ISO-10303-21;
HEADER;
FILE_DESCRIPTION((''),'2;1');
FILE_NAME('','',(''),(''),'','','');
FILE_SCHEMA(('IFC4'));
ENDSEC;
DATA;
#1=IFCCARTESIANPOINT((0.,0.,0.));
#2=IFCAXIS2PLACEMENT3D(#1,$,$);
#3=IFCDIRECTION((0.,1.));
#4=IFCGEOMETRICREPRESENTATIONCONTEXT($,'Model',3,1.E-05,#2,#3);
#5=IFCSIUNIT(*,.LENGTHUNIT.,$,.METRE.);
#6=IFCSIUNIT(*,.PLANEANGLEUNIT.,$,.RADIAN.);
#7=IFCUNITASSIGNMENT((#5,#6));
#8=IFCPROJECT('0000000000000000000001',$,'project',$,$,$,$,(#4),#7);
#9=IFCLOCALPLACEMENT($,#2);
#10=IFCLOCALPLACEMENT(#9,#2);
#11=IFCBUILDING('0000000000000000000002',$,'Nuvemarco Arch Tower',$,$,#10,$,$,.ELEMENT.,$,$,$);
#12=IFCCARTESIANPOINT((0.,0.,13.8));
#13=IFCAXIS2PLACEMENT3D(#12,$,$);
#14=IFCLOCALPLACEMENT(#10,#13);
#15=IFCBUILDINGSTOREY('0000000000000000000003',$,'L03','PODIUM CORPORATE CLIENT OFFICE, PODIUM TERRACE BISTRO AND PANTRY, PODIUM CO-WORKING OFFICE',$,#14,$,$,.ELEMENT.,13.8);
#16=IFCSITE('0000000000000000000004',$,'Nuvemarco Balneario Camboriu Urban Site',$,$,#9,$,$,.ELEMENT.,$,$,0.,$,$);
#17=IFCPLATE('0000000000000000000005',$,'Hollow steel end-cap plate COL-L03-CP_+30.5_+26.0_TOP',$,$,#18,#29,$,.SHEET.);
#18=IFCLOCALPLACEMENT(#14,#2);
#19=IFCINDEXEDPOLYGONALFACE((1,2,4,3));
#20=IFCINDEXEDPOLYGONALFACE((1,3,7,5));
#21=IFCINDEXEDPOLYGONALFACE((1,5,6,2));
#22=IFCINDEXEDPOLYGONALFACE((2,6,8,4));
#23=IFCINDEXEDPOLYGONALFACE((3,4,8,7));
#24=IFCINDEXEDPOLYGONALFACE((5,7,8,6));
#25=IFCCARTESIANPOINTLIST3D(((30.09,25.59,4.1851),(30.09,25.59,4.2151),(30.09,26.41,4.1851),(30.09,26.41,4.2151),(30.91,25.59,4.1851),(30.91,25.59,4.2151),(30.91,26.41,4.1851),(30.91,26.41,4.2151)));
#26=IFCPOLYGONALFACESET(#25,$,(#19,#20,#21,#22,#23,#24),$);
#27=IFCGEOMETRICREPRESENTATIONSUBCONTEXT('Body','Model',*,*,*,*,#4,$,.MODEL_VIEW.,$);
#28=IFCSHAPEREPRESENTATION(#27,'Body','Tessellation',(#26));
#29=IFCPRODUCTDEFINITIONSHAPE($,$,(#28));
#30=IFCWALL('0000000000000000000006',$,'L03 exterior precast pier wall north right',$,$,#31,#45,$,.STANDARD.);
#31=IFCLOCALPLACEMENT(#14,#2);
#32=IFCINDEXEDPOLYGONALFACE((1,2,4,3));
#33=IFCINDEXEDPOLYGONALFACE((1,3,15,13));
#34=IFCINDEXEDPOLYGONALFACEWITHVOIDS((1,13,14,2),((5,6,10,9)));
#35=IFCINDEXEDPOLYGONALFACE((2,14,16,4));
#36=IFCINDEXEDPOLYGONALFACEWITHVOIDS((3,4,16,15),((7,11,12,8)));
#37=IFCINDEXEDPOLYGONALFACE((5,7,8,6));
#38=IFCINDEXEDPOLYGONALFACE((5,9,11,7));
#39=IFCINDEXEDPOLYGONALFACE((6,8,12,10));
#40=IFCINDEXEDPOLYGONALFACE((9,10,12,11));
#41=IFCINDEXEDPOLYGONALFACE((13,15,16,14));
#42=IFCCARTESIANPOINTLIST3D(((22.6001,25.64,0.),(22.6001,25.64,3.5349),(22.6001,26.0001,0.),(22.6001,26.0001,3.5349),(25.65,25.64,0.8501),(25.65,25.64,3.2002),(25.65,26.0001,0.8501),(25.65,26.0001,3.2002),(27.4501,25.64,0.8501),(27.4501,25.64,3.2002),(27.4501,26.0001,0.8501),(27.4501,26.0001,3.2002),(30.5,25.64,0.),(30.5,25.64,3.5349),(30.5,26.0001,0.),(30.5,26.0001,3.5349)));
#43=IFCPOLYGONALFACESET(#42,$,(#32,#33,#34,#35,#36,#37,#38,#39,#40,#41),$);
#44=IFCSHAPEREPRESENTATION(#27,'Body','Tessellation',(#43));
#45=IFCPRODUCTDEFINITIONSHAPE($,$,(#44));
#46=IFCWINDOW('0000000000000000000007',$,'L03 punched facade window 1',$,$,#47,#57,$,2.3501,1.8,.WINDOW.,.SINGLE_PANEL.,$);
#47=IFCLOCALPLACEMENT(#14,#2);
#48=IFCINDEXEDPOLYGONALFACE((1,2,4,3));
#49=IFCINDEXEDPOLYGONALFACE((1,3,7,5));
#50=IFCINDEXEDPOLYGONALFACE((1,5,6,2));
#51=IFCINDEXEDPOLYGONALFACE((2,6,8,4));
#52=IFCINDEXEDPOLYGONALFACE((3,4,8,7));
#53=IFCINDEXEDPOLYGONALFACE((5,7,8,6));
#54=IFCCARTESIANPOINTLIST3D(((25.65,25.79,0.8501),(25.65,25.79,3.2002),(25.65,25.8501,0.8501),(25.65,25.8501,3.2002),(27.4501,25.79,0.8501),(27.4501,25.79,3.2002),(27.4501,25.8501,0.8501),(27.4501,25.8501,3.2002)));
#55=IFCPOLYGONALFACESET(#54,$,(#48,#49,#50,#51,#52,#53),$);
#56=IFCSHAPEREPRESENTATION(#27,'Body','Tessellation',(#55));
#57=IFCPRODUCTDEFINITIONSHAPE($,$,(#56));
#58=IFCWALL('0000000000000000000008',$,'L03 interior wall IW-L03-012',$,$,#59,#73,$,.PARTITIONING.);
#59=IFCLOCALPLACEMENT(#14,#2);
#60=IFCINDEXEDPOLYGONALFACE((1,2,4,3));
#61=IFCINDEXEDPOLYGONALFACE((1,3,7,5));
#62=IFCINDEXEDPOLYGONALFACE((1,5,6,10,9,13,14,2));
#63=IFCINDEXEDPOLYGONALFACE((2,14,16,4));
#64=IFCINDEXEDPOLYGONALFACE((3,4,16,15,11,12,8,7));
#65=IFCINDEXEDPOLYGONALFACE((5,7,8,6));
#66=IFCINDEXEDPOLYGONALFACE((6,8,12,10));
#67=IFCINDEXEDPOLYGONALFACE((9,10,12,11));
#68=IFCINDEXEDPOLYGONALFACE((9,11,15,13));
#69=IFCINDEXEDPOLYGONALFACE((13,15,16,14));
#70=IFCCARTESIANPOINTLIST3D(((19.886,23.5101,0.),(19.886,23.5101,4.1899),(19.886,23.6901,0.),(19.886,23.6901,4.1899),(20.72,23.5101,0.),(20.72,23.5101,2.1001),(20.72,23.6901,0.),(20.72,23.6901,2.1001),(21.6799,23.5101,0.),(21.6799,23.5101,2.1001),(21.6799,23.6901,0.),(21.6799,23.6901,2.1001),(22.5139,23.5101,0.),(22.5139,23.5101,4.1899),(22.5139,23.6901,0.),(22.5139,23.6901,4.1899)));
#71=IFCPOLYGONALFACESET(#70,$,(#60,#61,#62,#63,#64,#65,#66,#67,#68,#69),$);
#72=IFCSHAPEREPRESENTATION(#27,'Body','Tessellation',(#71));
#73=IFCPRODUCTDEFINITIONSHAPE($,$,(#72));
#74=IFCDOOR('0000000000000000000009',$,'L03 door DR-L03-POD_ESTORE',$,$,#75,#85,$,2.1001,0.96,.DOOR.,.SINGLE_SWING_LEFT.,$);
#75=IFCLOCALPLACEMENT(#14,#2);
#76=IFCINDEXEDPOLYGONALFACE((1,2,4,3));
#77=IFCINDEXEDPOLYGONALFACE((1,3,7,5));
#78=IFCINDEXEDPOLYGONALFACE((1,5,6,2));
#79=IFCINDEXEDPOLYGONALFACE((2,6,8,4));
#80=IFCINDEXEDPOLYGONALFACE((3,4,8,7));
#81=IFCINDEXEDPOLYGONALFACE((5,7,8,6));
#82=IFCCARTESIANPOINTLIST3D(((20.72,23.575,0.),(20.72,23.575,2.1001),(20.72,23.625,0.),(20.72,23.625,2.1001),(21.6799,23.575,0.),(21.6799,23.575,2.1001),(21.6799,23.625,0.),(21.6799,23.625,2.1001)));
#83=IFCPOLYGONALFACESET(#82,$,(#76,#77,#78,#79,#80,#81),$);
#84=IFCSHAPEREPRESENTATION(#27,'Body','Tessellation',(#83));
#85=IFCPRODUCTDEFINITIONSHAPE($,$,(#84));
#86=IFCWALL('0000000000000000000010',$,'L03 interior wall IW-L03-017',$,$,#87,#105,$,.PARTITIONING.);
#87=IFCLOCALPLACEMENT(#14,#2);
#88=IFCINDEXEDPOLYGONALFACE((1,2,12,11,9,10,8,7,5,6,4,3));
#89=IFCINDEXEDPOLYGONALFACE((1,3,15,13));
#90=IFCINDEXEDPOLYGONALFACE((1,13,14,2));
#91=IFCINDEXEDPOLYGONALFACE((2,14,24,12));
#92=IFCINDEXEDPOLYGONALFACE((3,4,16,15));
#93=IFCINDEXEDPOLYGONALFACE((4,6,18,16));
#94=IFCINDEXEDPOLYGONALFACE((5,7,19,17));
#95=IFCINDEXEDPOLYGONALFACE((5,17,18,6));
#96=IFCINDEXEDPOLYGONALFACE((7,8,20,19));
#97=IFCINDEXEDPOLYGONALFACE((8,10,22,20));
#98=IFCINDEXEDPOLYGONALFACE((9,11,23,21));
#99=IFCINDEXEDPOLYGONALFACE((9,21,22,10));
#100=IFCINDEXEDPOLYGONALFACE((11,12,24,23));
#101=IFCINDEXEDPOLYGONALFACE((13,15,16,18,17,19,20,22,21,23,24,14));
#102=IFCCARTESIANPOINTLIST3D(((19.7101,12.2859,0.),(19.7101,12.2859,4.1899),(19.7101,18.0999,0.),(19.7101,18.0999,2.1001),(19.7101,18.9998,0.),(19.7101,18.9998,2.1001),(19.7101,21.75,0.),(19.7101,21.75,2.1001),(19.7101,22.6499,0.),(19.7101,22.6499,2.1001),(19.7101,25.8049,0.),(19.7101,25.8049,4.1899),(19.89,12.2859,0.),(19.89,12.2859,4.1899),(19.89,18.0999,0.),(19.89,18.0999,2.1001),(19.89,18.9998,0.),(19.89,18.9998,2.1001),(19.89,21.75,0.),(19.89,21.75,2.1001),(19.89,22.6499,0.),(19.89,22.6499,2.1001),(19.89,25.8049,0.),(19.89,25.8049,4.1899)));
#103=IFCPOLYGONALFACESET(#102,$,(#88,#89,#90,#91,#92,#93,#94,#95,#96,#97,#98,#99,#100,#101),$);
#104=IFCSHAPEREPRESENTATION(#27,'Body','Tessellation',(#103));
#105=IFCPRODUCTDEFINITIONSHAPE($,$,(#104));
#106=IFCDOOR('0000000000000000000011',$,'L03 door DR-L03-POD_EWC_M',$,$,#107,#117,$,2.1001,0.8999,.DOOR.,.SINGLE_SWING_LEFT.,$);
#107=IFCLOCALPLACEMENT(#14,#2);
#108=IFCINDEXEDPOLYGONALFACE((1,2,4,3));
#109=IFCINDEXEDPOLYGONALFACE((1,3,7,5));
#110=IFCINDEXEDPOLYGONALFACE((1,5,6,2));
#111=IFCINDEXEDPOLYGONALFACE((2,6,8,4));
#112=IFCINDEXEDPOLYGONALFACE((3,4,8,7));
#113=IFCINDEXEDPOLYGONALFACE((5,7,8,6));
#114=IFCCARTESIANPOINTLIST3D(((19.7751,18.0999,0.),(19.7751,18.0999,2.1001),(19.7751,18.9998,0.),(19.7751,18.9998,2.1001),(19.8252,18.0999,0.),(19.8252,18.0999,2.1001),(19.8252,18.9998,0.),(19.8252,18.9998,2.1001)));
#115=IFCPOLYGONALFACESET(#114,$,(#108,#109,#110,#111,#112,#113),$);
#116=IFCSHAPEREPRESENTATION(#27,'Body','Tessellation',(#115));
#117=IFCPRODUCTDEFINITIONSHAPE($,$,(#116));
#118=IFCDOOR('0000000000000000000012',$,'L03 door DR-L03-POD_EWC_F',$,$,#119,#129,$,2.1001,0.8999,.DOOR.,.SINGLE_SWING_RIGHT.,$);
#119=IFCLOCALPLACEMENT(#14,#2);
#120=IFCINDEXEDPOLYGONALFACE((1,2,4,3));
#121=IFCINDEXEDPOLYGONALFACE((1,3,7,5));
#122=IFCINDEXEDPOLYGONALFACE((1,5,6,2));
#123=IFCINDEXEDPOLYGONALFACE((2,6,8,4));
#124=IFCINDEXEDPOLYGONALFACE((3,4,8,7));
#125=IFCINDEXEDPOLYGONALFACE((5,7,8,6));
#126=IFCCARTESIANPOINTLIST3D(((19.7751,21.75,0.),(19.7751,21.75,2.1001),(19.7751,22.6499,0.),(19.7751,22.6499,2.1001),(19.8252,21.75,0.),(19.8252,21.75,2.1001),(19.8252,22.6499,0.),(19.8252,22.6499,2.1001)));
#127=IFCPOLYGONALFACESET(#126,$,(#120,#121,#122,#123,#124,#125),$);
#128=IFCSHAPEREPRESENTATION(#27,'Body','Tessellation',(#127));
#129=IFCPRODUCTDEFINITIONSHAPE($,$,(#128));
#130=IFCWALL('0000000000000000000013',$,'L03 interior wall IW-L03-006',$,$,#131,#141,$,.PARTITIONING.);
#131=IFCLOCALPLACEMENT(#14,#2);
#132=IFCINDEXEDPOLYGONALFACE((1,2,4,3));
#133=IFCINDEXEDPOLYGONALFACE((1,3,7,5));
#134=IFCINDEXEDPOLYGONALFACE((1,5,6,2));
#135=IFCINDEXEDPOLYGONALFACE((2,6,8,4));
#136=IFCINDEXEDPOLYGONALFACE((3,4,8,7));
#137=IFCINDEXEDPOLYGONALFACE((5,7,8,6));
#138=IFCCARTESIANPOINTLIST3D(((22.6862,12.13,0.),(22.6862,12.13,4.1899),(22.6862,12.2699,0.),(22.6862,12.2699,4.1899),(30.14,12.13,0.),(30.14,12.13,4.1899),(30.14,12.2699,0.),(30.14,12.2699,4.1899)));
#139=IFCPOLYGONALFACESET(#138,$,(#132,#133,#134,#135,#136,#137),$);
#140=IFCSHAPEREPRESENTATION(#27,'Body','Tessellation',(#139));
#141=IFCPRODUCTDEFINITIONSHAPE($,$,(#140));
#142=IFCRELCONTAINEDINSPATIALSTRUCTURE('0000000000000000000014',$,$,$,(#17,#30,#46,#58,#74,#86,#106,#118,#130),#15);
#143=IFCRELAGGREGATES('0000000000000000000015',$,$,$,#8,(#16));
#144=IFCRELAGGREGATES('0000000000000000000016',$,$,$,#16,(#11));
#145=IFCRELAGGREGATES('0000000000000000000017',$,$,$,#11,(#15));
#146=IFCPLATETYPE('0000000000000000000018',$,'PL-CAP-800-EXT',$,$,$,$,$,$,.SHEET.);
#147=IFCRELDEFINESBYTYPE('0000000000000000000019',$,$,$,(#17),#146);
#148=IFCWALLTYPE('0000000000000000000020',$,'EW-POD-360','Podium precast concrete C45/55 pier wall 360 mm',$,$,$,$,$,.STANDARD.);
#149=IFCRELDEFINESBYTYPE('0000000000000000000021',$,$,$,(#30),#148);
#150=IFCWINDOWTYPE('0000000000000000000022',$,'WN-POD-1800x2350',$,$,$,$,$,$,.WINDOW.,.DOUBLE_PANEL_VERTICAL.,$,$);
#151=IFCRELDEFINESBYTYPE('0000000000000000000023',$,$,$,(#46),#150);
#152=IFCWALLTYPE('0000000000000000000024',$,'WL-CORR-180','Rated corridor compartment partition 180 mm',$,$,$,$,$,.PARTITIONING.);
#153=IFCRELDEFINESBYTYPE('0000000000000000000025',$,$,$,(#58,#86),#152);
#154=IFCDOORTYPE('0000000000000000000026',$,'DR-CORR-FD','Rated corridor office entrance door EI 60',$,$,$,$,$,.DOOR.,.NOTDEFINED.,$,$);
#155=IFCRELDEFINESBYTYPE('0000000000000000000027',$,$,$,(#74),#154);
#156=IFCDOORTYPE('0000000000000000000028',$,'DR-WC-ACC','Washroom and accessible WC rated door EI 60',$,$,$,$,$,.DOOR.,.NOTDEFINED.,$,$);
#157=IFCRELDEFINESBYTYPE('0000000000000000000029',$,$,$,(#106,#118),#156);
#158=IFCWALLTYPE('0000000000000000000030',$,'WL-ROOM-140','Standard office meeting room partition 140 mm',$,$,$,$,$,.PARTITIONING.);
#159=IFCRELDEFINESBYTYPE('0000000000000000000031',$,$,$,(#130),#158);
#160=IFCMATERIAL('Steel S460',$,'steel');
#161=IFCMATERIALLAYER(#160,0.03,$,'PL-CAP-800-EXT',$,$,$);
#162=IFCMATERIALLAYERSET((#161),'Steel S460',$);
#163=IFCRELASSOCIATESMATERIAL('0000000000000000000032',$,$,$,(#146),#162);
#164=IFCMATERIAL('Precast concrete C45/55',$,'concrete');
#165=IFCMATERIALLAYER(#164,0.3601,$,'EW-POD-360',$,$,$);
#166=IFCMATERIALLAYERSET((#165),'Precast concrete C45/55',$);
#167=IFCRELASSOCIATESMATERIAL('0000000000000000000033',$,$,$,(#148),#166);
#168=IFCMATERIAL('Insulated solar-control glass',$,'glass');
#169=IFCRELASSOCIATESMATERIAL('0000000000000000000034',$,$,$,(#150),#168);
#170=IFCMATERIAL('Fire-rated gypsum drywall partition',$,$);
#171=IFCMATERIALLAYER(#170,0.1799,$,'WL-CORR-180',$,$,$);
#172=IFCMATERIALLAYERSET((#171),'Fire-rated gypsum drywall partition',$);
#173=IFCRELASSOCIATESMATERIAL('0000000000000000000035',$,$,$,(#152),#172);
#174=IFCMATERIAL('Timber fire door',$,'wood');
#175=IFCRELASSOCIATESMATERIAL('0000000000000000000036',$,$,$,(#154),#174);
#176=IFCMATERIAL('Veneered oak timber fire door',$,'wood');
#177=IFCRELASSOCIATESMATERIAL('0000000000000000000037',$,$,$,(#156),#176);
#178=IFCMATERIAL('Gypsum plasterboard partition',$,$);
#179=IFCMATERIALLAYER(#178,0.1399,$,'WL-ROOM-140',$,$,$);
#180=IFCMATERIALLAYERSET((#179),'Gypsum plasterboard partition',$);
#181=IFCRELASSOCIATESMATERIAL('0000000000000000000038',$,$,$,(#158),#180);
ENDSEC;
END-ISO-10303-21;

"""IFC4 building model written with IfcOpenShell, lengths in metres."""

from ifc_helpers import new_model, si_unit, direction, frame, frame_2d, origin, origin_2d, place, context, subcontext, project, spatial, rectangle, extrude, source, transform, mapped, material, layer, layer_set, type_object, type_shapes, element, fill, save


model = new_model("IFC4")

# Units and contexts
model_context = context("Model", 3, precision=1e-05, world=origin(), true_north=direction((0.0, 1.0)))
body_context = subcontext(model_context, "Body", "Model", "MODEL_VIEW")
ifc_project = project(units=[si_unit("LENGTHUNIT", "METRE"), si_unit("PLANEANGLEUNIT", "RADIAN")], contexts=[model_context])

# Site, building, storey
site_placement = place(None, origin())
site = spatial("IfcSite", under=ifc_project, at=site_placement, Name="Nuvemarco Balneario Camboriu Urban Site", CompositionType="ELEMENT", RefElevation=0.0)
building_placement = place(site_placement, origin())
building = spatial("IfcBuilding", under=site, at=building_placement, Name="Nuvemarco Arch Tower", CompositionType="ELEMENT")
storey_placement = place(building_placement, frame((0.0, 0.0, 13.8)))
storey = spatial("IfcBuildingStorey", under=building, at=storey_placement, Name="L03", Description="PODIUM CORPORATE CLIENT OFFICE, PODIUM TERRACE BISTRO AND PANTRY, PODIUM CO-WORKING OFFICE", CompositionType="ELEMENT", Elevation=13.8)

# Shared definitions
ifc_material_1 = material(Name="Steel S460", Category="steel")

# Shared definitions
ifc_material_2 = material(Name="Precast concrete C45/55", Category="concrete")

# Plate
ifc_layer_1 = layer(ifc_material_1, 0.03, Name="PL-CAP-800-EXT")
ifc_layer_set_1 = layer_set([ifc_layer_1], Name="Steel S460")
plate_type = type_object("IfcPlateType", Name="PL-CAP-800-EXT", PredefinedType="SHEET", material=ifc_layer_set_1)
shared_shape_1 = source(origin(), body_context, "Body", "SweptSolid", [
    extrude(rectangle(XDim=0.8201, YDim=0.8201, at=origin_2d()), origin(), (0.0, 0.0, 1.0), 0.03),
])
type_shapes(plate_type, [shared_shape_1])
plate_placement = place(storey_placement, frame((30.5, 26.0, 4.1851), z_axis=(0.0, 0.0, 1.0), x_axis=(1.0, 0.0, 0.0)))
element("IfcPlate", 1, at=plate_placement, inside=storey, type_object=plate_type, Name="Hollow steel end-cap plate COL-L03-CP_+30.5_+26.0_TOP", PredefinedType="SHEET", context=body_context, shape_type="MappedRepresentation", body=[
    mapped(shared_shape_1, transform((0.0, 0.0, 0.0), scale=1.0)),
])

# Wall, opening, window
ifc_layer_2 = layer(ifc_material_2, 0.3601, Name="EW-POD-360")
ifc_layer_set_2 = layer_set([ifc_layer_2], Name="Precast concrete C45/55")
wall_type_1 = type_object("IfcWallType", Name="EW-POD-360", Description="Podium precast concrete C45/55 pier wall 360 mm", PredefinedType="STANDARD", material=ifc_layer_set_2)
wall_1_placement = place(storey_placement, frame((22.6001, 25.8201, 0.0), z_axis=(0.0, 0.0, 1.0), x_axis=(1.0, 0.0, 0.0)))
wall_1 = element("IfcWall", 2, at=wall_1_placement, inside=storey, type_object=wall_type_1, Name="L03 exterior precast pier wall north right", PredefinedType="STANDARD", context=body_context, shape_type="SweptSolid", body=[
    extrude(rectangle(XDim=7.8999, YDim=0.3601, at=frame_2d((3.95, 0.0))), origin(), (0.0, 0.0, 1.0), 3.5349),
])
opening_1_placement = place(wall_1_placement, frame((3.05, 0.0, 0.8501)))
opening_1 = element("IfcOpeningElement", 3, at=opening_1_placement, cuts=wall_1, PredefinedType="OPENING", context=body_context, shape_type="SweptSolid", body=[
    extrude(rectangle(XDim=1.8, YDim=2.3501, at=frame_2d((0.8999, 1.175))), frame((0.0, 0.1899, 0.0), z_axis=(0.0, -1.0, 0.0), x_axis=(1.0, 0.0, 0.0)), (0.0, 0.0, 1.0), 0.3801),
])
ifc_material_3 = material(Name="Insulated solar-control glass", Category="glass")
window_type = type_object("IfcWindowType", Name="WN-POD-1800x2350", PartitioningType="DOUBLE_PANEL_VERTICAL", PredefinedType="WINDOW", material=ifc_material_3)
shared_shape_2 = source(origin(), body_context, "Body", "SweptSolid", [
    extrude(rectangle(XDim=1.8, YDim=2.3501, at=frame_2d((0.8999, 1.175))), frame((0.0, 0.03, 0.0), z_axis=(0.0, -1.0, 0.0), x_axis=(1.0, 0.0, 0.0)), (0.0, 0.0, 1.0), 0.0601),
])
type_shapes(window_type, [shared_shape_2])
window_placement = place(opening_1_placement, origin())
window = element("IfcWindow", 4, at=window_placement, inside=storey, type_object=window_type, Name="L03 punched facade window 1", OverallHeight=2.3501, OverallWidth=1.8, PartitioningType="SINGLE_PANEL", PredefinedType="WINDOW", context=body_context, shape_type="MappedRepresentation", body=[
    mapped(shared_shape_2, transform((0.0, 0.0, 0.0), scale=1.0)),
])
fill(opening_1, window)

# Wall, opening, door
ifc_material_4 = material(Name="Fire-rated gypsum drywall partition")
ifc_layer_3 = layer(ifc_material_4, 0.1799, Name="WL-CORR-180")
ifc_layer_set_3 = layer_set([ifc_layer_3], Name="Fire-rated gypsum drywall partition")
wall_type_2 = type_object("IfcWallType", Name="WL-CORR-180", Description="Rated corridor compartment partition 180 mm", PredefinedType="PARTITIONING", material=ifc_layer_set_3)
wall_2_placement = place(storey_placement, frame((19.886, 23.6001, 0.0), z_axis=(0.0, 0.0, 1.0), x_axis=(1.0, 0.0, 0.0)))
wall_2 = element("IfcWall", 5, at=wall_2_placement, inside=storey, type_object=wall_type_2, Name="L03 interior wall IW-L03-012", PredefinedType="PARTITIONING", context=body_context, shape_type="SweptSolid", body=[
    extrude(rectangle(XDim=2.6279, YDim=0.1799, at=frame_2d((1.314, 0.0))), origin(), (0.0, 0.0, 1.0), 4.1899),
])
opening_2_placement = place(wall_2_placement, frame((0.834, 0.0, 0.0)))
opening_2 = element("IfcOpeningElement", 6, at=opening_2_placement, cuts=wall_2, PredefinedType="OPENING", context=body_context, shape_type="SweptSolid", body=[
    extrude(rectangle(XDim=0.96, YDim=2.1001, at=frame_2d((0.48, 1.05))), frame((0.0, 0.0999, 0.0), z_axis=(0.0, -1.0, 0.0), x_axis=(1.0, 0.0, 0.0)), (0.0, 0.0, 1.0), 0.2),
])
ifc_material_5 = material(Name="Timber fire door", Category="wood")
door_type_1 = type_object("IfcDoorType", Name="DR-CORR-FD", Description="Rated corridor office entrance door EI 60", OperationType="NOTDEFINED", PredefinedType="DOOR", material=ifc_material_5)
shared_shape_3 = source(origin(), body_context, "Body", "SweptSolid", [
    extrude(rectangle(XDim=0.96, YDim=2.1001, at=frame_2d((0.48, 1.05))), frame((0.0, 0.0249, 0.0), z_axis=(0.0, -1.0, 0.0), x_axis=(1.0, 0.0, 0.0)), (0.0, 0.0, 1.0), 0.05),
])
type_shapes(door_type_1, [shared_shape_3])
door_1_placement = place(opening_2_placement, origin())
door_1 = element("IfcDoor", 7, at=door_1_placement, inside=storey, type_object=door_type_1, Name="L03 door DR-L03-POD_ESTORE", OperationType="SINGLE_SWING_LEFT", OverallHeight=2.1001, OverallWidth=0.96, PredefinedType="DOOR", context=body_context, shape_type="MappedRepresentation", body=[
    mapped(shared_shape_3, transform((0.0, 0.0, 0.0), scale=1.0)),
])
fill(opening_2, door_1)

# Wall, openings, doors
wall_3_placement = place(storey_placement, frame((19.8, 12.2859, 0.0), z_axis=(0.0, 0.0, 1.0), x_axis=(0.0, 1.0, 0.0)))
wall_3 = element("IfcWall", 8, at=wall_3_placement, inside=storey, type_object=wall_type_2, Name="L03 interior wall IW-L03-017", PredefinedType="PARTITIONING", context=body_context, shape_type="SweptSolid", body=[
    extrude(rectangle(XDim=13.519, YDim=0.1799, at=frame_2d((6.7595, 0.0))), origin(), (0.0, 0.0, 1.0), 4.1899),
])
opening_3_placement = place(wall_3_placement, frame((5.814, 0.0, 0.0)))
opening_3 = element("IfcOpeningElement", 9, at=opening_3_placement, cuts=wall_3, PredefinedType="OPENING", context=body_context, shape_type="SweptSolid", body=[
    extrude(rectangle(XDim=0.8999, YDim=2.1001, at=frame_2d((0.45, 1.05))), frame((0.0, 0.0999, 0.0), z_axis=(0.0, -1.0, 0.0), x_axis=(1.0, 0.0, 0.0)), (0.0, 0.0, 1.0), 0.2),
])
opening_4_placement = place(wall_3_placement, frame((9.4641, 0.0, 0.0)))
opening_4 = element("IfcOpeningElement", 10, at=opening_4_placement, cuts=wall_3, PredefinedType="OPENING", context=body_context, shape_type="SweptSolid", body=[
    extrude(rectangle(XDim=0.8999, YDim=2.1001, at=frame_2d((0.45, 1.05))), frame((0.0, 0.0999, 0.0), z_axis=(0.0, -1.0, 0.0), x_axis=(1.0, 0.0, 0.0)), (0.0, 0.0, 1.0), 0.2),
])
ifc_material_6 = material(Name="Veneered oak timber fire door", Category="wood")
door_type_2 = type_object("IfcDoorType", Name="DR-WC-ACC", Description="Washroom and accessible WC rated door EI 60", OperationType="NOTDEFINED", PredefinedType="DOOR", material=ifc_material_6)
shared_shape_4 = source(origin(), body_context, "Body", "SweptSolid", [
    extrude(rectangle(XDim=0.8999, YDim=2.1001, at=frame_2d((0.45, 1.05))), frame((0.0, 0.0249, 0.0), z_axis=(0.0, -1.0, 0.0), x_axis=(1.0, 0.0, 0.0)), (0.0, 0.0, 1.0), 0.05),
])
type_shapes(door_type_2, [shared_shape_4])
door_2_placement = place(opening_3_placement, origin())
door_2 = element("IfcDoor", 11, at=door_2_placement, inside=storey, type_object=door_type_2, Name="L03 door DR-L03-POD_EWC_M", OperationType="SINGLE_SWING_LEFT", OverallHeight=2.1001, OverallWidth=0.8999, PredefinedType="DOOR", context=body_context, shape_type="MappedRepresentation", body=[
    mapped(shared_shape_4, transform((0.0, 0.0, 0.0), scale=1.0)),
])
fill(opening_3, door_2)
door_3_placement = place(opening_4_placement, origin())
door_3 = element("IfcDoor", 12, at=door_3_placement, inside=storey, type_object=door_type_2, Name="L03 door DR-L03-POD_EWC_F", OperationType="SINGLE_SWING_RIGHT", OverallHeight=2.1001, OverallWidth=0.8999, PredefinedType="DOOR", context=body_context, shape_type="MappedRepresentation", body=[
    mapped(shared_shape_4, transform((0.0, 0.0, 0.0), scale=1.0)),
])
fill(opening_4, door_3)

# Wall
ifc_material_7 = material(Name="Gypsum plasterboard partition")
ifc_layer_4 = layer(ifc_material_7, 0.1399, Name="WL-ROOM-140")
ifc_layer_set_4 = layer_set([ifc_layer_4], Name="Gypsum plasterboard partition")
wall_type_3 = type_object("IfcWallType", Name="WL-ROOM-140", Description="Standard office meeting room partition 140 mm", PredefinedType="PARTITIONING", material=ifc_layer_set_4)
wall_4_placement = place(storey_placement, frame((22.686, 12.2, 0.0), z_axis=(0.0, 0.0, 1.0), x_axis=(1.0, 0.0, 0.0)))
element("IfcWall", 13, at=wall_4_placement, inside=storey, type_object=wall_type_3, Name="L03 interior wall IW-L03-006", PredefinedType="PARTITIONING", context=body_context, shape_type="SweptSolid", body=[
    extrude(rectangle(XDim=7.4539, YDim=0.1399, at=frame_2d((3.7271, 0.0))), origin(), (0.0, 0.0, 1.0), 4.1899),
])

save(model, "model.ifc")
